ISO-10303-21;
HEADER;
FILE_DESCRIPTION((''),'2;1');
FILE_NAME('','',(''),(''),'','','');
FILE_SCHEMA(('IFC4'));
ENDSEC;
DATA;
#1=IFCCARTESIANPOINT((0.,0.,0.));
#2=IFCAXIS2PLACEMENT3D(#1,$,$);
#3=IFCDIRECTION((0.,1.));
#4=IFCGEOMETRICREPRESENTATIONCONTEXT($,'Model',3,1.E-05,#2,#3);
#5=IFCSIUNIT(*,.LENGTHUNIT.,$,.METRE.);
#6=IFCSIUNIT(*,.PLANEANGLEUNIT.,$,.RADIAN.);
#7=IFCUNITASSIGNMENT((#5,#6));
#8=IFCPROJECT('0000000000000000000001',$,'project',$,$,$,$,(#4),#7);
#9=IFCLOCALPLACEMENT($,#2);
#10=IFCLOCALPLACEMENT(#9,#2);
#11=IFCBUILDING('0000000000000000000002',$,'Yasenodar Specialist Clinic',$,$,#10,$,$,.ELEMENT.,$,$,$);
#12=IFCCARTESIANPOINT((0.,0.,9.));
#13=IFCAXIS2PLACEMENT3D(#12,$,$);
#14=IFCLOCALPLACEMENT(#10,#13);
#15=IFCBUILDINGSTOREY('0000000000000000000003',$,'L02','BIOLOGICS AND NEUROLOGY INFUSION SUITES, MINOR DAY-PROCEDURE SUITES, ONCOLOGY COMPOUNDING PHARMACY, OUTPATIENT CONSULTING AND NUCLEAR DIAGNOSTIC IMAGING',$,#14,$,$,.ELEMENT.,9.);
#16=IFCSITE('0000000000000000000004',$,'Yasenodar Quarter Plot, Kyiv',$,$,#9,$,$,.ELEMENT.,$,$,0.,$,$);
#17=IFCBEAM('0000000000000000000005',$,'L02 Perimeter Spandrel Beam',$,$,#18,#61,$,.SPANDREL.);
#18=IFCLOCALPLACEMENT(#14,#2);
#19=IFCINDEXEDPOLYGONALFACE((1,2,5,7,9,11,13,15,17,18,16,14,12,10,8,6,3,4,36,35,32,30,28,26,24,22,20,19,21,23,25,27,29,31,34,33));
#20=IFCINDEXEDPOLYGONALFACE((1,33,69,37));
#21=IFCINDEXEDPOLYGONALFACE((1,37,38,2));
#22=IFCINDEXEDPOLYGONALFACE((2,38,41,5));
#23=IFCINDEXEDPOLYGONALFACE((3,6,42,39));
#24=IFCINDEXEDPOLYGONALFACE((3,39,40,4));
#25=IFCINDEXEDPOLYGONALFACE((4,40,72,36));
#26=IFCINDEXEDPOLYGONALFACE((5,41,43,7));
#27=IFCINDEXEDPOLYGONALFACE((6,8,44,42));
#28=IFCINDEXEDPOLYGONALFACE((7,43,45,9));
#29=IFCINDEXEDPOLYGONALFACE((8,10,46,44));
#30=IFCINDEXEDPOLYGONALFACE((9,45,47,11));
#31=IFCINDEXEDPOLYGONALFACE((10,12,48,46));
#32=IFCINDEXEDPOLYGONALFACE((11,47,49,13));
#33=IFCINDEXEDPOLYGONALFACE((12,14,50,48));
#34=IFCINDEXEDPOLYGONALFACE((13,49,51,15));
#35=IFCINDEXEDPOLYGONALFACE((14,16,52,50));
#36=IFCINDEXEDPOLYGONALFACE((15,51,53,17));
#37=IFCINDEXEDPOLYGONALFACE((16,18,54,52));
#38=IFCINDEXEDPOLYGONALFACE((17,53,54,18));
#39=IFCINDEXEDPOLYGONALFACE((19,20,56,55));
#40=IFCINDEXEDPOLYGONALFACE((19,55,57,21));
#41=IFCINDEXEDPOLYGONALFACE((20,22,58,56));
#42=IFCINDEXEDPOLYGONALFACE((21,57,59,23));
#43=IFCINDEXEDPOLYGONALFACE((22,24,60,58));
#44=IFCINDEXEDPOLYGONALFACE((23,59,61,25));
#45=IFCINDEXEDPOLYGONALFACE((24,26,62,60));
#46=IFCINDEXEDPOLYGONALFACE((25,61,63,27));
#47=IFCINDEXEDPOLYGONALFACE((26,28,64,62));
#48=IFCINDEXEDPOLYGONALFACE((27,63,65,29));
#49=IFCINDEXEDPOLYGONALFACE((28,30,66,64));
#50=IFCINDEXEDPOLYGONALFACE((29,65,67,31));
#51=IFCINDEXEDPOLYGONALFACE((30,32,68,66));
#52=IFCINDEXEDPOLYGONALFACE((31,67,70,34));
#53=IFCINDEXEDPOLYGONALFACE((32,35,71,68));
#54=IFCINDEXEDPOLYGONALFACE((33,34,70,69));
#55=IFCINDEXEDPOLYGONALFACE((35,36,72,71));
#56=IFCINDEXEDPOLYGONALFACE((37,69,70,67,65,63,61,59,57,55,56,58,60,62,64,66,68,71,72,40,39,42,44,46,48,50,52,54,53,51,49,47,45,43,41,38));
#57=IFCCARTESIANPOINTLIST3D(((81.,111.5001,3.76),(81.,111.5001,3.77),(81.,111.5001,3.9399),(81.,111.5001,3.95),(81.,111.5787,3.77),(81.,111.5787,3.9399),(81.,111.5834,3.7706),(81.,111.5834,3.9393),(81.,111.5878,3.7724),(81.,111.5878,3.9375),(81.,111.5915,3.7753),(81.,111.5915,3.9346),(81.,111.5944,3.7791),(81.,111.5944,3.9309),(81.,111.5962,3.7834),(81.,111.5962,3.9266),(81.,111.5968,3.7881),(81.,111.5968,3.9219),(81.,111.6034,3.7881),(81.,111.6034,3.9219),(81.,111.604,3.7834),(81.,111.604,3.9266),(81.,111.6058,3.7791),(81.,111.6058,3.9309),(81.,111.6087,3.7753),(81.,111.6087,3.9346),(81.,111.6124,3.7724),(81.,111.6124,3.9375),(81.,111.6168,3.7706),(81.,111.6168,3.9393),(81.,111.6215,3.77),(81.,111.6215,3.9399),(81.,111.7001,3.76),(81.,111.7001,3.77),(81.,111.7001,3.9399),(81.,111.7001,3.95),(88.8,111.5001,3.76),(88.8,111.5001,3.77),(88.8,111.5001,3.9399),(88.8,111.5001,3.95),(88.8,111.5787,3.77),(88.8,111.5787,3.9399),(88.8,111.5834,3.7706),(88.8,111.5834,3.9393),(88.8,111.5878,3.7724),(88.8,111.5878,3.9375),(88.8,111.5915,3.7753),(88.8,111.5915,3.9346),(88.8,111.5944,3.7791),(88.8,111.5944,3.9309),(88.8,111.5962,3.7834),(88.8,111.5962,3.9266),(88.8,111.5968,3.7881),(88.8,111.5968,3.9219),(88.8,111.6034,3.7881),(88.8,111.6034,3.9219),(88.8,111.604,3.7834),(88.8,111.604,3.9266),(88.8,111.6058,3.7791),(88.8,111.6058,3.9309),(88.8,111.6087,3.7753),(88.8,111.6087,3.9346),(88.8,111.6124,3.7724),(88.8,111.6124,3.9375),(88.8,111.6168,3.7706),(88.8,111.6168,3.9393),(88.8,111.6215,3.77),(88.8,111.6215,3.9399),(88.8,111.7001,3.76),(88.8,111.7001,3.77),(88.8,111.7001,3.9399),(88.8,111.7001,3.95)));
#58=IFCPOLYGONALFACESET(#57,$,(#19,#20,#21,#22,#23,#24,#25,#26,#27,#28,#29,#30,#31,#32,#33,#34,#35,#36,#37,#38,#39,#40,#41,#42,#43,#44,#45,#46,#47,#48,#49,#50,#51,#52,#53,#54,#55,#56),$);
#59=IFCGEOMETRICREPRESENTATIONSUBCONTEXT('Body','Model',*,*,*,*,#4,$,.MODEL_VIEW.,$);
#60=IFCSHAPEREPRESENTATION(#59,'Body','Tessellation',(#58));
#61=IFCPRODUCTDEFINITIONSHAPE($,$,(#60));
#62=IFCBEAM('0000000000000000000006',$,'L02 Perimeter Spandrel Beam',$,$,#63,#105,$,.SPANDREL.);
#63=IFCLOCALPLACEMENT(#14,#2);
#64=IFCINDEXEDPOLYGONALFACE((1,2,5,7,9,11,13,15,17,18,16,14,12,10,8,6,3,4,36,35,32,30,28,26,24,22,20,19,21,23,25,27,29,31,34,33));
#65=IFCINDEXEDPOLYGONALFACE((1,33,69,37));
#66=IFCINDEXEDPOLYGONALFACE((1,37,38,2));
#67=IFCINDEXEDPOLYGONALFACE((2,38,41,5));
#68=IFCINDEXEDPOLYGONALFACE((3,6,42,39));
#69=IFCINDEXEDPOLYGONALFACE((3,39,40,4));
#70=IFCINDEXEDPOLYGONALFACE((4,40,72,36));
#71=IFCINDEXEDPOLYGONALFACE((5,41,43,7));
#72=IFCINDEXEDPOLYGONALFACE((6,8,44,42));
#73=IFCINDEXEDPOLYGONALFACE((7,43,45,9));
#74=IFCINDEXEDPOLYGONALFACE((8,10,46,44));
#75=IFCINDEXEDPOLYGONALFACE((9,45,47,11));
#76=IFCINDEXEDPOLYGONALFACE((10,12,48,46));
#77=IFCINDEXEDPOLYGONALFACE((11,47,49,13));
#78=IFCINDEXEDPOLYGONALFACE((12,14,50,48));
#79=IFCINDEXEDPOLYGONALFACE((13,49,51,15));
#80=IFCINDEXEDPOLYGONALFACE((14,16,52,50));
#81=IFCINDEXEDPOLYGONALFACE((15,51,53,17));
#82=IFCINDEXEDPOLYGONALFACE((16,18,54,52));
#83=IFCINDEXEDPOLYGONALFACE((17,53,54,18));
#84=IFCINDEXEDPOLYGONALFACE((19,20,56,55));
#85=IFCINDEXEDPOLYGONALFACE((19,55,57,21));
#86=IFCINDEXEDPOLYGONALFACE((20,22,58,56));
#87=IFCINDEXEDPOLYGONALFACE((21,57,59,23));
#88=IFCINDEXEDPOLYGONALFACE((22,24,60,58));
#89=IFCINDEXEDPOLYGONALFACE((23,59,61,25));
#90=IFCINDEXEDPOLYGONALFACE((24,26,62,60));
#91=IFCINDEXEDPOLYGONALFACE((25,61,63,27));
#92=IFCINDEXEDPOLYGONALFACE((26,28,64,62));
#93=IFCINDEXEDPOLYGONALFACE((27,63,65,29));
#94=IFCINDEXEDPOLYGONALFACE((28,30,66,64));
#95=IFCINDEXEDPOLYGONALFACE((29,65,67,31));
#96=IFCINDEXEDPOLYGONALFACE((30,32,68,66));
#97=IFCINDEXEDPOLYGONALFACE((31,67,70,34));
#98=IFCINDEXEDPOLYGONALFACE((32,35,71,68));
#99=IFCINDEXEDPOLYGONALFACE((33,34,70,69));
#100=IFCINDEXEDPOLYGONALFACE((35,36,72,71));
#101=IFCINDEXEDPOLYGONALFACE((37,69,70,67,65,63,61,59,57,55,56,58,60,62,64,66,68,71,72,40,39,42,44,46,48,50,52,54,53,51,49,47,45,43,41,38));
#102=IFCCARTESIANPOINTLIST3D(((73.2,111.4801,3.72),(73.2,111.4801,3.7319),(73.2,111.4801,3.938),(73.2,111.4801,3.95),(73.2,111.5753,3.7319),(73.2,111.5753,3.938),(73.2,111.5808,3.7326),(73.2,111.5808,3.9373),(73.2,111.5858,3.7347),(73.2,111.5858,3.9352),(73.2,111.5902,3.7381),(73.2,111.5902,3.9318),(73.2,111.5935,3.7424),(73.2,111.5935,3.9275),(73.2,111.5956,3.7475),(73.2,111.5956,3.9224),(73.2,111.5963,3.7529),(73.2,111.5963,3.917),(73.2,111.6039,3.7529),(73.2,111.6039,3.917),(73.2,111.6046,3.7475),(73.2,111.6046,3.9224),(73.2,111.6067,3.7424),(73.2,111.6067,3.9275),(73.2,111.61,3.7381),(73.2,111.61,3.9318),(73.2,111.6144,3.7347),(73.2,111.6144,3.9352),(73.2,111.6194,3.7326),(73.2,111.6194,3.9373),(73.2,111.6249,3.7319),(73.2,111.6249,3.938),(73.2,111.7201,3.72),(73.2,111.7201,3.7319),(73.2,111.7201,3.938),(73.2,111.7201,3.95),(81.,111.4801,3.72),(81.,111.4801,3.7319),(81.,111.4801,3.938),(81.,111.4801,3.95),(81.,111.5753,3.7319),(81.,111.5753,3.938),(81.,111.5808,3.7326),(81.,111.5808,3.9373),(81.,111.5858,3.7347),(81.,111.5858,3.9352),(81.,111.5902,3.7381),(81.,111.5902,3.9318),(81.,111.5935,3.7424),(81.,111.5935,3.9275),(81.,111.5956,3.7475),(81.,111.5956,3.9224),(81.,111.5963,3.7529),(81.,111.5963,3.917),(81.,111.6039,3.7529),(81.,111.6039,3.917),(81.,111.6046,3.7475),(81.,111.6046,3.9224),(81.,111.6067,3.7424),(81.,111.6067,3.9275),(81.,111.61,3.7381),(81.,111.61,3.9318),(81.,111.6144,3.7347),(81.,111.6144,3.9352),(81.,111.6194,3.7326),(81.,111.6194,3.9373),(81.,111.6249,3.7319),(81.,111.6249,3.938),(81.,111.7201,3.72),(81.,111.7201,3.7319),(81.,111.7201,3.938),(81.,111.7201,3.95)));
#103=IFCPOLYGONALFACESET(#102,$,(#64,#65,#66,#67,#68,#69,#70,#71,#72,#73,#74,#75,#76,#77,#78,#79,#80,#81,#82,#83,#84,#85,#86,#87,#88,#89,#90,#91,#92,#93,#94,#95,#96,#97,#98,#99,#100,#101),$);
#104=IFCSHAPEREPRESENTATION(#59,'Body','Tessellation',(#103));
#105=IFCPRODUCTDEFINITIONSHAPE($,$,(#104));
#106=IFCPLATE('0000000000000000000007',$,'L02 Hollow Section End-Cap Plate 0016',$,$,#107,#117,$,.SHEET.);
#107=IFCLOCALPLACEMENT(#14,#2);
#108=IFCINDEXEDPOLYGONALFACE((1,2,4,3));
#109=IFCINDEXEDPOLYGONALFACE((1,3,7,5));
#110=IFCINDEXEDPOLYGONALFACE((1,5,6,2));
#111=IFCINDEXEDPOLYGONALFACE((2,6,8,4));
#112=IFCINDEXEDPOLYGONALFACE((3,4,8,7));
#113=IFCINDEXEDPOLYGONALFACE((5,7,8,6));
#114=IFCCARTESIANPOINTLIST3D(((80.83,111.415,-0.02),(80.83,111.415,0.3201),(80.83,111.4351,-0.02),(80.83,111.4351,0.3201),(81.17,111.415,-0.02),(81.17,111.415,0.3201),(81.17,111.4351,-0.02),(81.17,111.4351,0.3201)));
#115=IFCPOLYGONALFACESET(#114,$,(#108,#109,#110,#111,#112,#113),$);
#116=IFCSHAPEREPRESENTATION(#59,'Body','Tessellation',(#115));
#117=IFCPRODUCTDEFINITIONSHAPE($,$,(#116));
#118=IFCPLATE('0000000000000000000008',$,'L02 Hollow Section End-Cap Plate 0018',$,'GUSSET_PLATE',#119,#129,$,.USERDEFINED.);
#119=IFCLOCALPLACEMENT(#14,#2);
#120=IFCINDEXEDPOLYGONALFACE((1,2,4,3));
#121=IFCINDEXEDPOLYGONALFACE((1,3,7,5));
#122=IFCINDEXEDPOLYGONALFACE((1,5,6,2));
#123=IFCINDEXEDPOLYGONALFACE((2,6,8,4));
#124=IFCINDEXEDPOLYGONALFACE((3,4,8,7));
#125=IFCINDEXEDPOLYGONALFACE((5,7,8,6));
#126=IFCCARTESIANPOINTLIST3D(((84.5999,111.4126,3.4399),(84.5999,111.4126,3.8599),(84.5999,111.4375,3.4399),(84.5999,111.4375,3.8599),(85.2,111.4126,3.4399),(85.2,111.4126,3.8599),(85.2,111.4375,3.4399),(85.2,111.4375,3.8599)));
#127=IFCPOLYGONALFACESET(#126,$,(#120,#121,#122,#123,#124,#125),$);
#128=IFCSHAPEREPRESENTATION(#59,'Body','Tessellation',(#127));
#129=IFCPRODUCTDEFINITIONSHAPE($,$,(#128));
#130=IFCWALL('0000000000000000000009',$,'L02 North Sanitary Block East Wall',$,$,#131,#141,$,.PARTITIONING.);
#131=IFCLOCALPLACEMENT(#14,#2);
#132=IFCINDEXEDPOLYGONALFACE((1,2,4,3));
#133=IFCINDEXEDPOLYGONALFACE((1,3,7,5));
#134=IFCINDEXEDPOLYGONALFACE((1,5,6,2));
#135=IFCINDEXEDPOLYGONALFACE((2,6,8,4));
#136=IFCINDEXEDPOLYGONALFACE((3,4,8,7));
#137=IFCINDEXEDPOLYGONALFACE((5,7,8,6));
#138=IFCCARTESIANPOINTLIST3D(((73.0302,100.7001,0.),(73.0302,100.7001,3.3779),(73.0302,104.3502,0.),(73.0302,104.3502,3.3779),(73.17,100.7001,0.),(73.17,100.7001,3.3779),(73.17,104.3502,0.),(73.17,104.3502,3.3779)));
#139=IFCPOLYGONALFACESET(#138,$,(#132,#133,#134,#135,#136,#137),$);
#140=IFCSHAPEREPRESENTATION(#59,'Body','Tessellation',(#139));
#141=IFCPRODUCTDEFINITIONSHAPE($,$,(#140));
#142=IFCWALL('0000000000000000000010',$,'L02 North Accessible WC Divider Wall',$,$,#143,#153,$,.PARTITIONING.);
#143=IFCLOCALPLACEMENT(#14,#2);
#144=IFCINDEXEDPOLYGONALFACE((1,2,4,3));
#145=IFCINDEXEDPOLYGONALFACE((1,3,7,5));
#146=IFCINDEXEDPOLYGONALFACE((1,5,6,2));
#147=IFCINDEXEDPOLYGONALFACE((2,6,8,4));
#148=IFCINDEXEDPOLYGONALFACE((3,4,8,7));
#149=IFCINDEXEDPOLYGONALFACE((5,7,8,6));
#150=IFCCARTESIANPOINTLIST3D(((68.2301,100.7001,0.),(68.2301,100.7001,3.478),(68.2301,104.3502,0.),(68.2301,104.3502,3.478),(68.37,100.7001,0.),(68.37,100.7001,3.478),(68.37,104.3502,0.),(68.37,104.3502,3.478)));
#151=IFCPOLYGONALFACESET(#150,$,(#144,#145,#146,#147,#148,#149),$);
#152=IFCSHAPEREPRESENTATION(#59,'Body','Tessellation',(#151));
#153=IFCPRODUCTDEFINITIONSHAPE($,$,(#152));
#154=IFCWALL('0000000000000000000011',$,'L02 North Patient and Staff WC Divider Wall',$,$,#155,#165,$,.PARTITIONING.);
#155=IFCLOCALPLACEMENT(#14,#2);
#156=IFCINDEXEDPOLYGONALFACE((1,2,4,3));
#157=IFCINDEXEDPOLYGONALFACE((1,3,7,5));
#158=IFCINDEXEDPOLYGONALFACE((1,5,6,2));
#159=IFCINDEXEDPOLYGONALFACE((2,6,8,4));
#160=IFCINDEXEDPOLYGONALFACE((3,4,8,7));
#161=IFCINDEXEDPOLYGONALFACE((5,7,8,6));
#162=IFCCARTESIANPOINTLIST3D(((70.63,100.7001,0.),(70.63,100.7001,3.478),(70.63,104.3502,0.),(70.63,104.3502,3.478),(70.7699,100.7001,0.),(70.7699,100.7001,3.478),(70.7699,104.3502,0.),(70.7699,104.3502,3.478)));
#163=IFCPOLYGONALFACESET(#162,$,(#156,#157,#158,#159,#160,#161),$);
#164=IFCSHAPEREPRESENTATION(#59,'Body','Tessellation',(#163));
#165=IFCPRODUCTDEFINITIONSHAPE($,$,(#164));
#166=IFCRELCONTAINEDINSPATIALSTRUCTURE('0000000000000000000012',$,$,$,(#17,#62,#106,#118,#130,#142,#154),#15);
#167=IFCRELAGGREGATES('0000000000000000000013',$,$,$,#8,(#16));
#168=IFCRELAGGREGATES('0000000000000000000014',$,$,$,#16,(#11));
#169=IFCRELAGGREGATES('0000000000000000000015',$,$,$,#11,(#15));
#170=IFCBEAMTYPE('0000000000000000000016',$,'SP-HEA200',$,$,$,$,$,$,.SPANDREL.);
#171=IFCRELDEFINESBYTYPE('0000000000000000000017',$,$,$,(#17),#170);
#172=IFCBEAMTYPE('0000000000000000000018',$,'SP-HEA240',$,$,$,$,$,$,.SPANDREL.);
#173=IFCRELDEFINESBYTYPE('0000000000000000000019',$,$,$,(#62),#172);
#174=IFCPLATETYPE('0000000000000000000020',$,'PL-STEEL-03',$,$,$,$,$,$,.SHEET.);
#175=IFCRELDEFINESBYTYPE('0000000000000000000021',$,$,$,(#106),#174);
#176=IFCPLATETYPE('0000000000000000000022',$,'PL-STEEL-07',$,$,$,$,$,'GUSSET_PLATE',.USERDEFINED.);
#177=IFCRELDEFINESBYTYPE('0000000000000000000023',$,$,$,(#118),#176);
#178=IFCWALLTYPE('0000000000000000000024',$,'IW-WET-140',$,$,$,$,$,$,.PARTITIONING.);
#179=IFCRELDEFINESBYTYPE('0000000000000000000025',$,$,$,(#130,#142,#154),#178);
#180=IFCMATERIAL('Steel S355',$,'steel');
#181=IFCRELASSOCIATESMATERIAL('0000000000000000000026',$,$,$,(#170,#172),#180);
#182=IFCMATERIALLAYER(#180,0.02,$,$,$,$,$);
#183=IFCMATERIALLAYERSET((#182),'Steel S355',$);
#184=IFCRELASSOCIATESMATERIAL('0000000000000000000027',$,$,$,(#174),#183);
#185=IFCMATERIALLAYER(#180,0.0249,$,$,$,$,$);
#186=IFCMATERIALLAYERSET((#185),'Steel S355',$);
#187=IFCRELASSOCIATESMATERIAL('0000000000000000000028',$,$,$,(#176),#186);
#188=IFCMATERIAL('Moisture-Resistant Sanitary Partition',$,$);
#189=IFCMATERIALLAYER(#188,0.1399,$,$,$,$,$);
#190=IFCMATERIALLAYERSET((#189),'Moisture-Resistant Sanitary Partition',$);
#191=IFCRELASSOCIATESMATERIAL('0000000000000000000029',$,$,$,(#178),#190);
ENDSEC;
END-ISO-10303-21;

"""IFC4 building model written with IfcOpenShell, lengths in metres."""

from ifc_helpers import new_model, si_unit, direction, frame, frame_2d, origin, origin_2d, place, context, subcontext, project, spatial, rectangle, i_section, extrude, material, layer, layer_set, material_profile, profile_set, type_object, element, save


model = new_model("IFC4")

# Units and contexts
model_context = context("Model", 3, precision=1e-05, world=origin(), true_north=direction((0.0, 1.0)))
body_context = subcontext(model_context, "Body", "Model", "MODEL_VIEW")
ifc_project = project(units=[si_unit("LENGTHUNIT", "METRE"), si_unit("PLANEANGLEUNIT", "RADIAN")], contexts=[model_context])

# Site, building, storey
site_placement = place(None, origin())
site = spatial("IfcSite", under=ifc_project, at=site_placement, Name="Yasenodar Quarter Plot, Kyiv", CompositionType="ELEMENT", RefElevation=0.0)
building_placement = place(site_placement, origin())
building = spatial("IfcBuilding", under=site, at=building_placement, Name="Yasenodar Specialist Clinic", CompositionType="ELEMENT")
storey_placement = place(building_placement, frame((0.0, 0.0, 9.0)))
storey = spatial("IfcBuildingStorey", under=building, at=storey_placement, Name="L02", Description="BIOLOGICS AND NEUROLOGY INFUSION SUITES, MINOR DAY-PROCEDURE SUITES, ONCOLOGY COMPOUNDING PHARMACY, OUTPATIENT CONSULTING AND NUCLEAR DIAGNOSTIC IMAGING", CompositionType="ELEMENT", Elevation=9.0)

# Shared definitions
ifc_material_1 = material(Name="Steel S355", Category="steel")

# Beams
ifc_material_profile_1 = material_profile(ifc_material_1, i_section(OverallWidth=0.2, OverallDepth=0.1899, WebThickness=0.0066, FlangeThickness=0.01, FilletRadius=0.0181, at=origin_2d()), Name="HEA 200")
ifc_profile_set_1 = profile_set([ifc_material_profile_1], Name="Steel S355")
beam_type_1 = type_object("IfcBeamType", Name="SP-HEA200", PredefinedType="SPANDREL", material=ifc_profile_set_1)
beam_1_placement = place(storey_placement, frame((81.0, 111.6001, 3.855), z_axis=(1.0, 0.0, 0.0), x_axis=(0.0, 1.0, 0.0)))
element("IfcBeam", 1, at=beam_1_placement, inside=storey, type_object=beam_type_1, Name="L02 Perimeter Spandrel Beam", PredefinedType="SPANDREL", context=body_context, shape_type="SweptSolid", body=[
    extrude(i_section(OverallWidth=0.2, OverallDepth=0.1899, WebThickness=0.0066, FlangeThickness=0.01, FilletRadius=0.0181, at=origin_2d()), origin(), (0.0, 0.0, 1.0), 7.8),
])
ifc_material_profile_2 = material_profile(ifc_material_1, i_section(OverallWidth=0.24, OverallDepth=0.23, WebThickness=0.0076, FlangeThickness=0.012, FilletRadius=0.021, at=origin_2d()), Name="HEA 240")
ifc_profile_set_2 = profile_set([ifc_material_profile_2], Name="Steel S355")
beam_type_2 = type_object("IfcBeamType", Name="SP-HEA240", PredefinedType="SPANDREL", material=ifc_profile_set_2)
beam_2_placement = place(storey_placement, frame((73.2, 111.6001, 3.835), z_axis=(1.0, 0.0, 0.0), x_axis=(0.0, 1.0, 0.0)))
element("IfcBeam", 2, at=beam_2_placement, inside=storey, type_object=beam_type_2, Name="L02 Perimeter Spandrel Beam", PredefinedType="SPANDREL", context=body_context, shape_type="SweptSolid", body=[
    extrude(i_section(OverallWidth=0.24, OverallDepth=0.23, WebThickness=0.0076, FlangeThickness=0.012, FilletRadius=0.021, at=origin_2d()), origin(), (0.0, 0.0, 1.0), 7.8),
])

# Plates
ifc_layer_1 = layer(ifc_material_1, 0.02)
ifc_layer_set_1 = layer_set([ifc_layer_1], Name="Steel S355")
plate_type_1 = type_object("IfcPlateType", Name="PL-STEEL-03", PredefinedType="SHEET", material=ifc_layer_set_1)
plate_1_placement = place(storey_placement, frame((81.0, 111.425, -0.02), z_axis=(0.0, 0.0, 1.0), x_axis=(1.0, 0.0, 0.0)))
element("IfcPlate", 3, at=plate_1_placement, inside=storey, type_object=plate_type_1, Name="L02 Hollow Section End-Cap Plate 0016", PredefinedType="SHEET", context=body_context, shape_type="SweptSolid", body=[
    extrude(rectangle(XDim=0.3401, YDim=0.02, at=origin_2d()), origin(), (0.0, 0.0, 1.0), 0.3401),
])
ifc_layer_2 = layer(ifc_material_1, 0.0249)
ifc_layer_set_2 = layer_set([ifc_layer_2], Name="Steel S355")
plate_type_2 = type_object("IfcPlateType", Name="PL-STEEL-07", ElementType="GUSSET_PLATE", PredefinedType="USERDEFINED", material=ifc_layer_set_2)
plate_2_placement = place(storey_placement, frame((84.8999, 111.425, 3.4399), z_axis=(0.0, 0.0, 1.0), x_axis=(1.0, 0.0, 0.0)))
element("IfcPlate", 4, at=plate_2_placement, inside=storey, type_object=plate_type_2, Name="L02 Hollow Section End-Cap Plate 0018", ObjectType="GUSSET_PLATE", PredefinedType="USERDEFINED", context=body_context, shape_type="SweptSolid", body=[
    extrude(rectangle(XDim=0.6001, YDim=0.0249, at=origin_2d()), origin(), (0.0, 0.0, 1.0), 0.4199),
])

# Walls
ifc_material_2 = material(Name="Moisture-Resistant Sanitary Partition")
ifc_layer_3 = layer(ifc_material_2, 0.1399)
ifc_layer_set_3 = layer_set([ifc_layer_3], Name="Moisture-Resistant Sanitary Partition")
wall_type = type_object("IfcWallType", Name="IW-WET-140", PredefinedType="PARTITIONING", material=ifc_layer_set_3)
wall_placement = place(storey_placement, frame((73.1001, 100.7, 0.0), z_axis=(0.0, 0.0, 1.0), x_axis=(0.0, 1.0, 0.0)))
element("IfcWall", 5, at=wall_placement, inside=storey, type_object=wall_type, Name="L02 North Sanitary Block East Wall", PredefinedType="PARTITIONING", context=body_context, shape_type="SweptSolid", body=[
    extrude(rectangle(XDim=3.6501, YDim=0.1399, at=frame_2d((1.8252, 0.0))), origin(), (0.0, 0.0, 1.0), 3.3779),
])
for number, where, z_axis, x_axis, name in (
    (6, (68.3, 100.7, 0.0), (0.0, 0.0, 1.0), (0.0, 1.0, 0.0), "L02 North Accessible WC Divider Wall"),
    (7, (70.7, 100.7, 0.0), (0.0, 0.0, 1.0), (0.0, 1.0, 0.0), "L02 North Patient and Staff WC Divider Wall"),
):
    element("IfcWall", number, at=place(storey_placement, frame(where, z_axis=z_axis, x_axis=x_axis)), inside=storey, type_object=wall_type, Name=name, PredefinedType="PARTITIONING", context=body_context, shape_type="SweptSolid", body=[
        extrude(rectangle(XDim=3.6501, YDim=0.1399, at=frame_2d((1.8252, 0.0))), origin(), (0.0, 0.0, 1.0), 3.478),
    ])

save(model, "model.ifc")
